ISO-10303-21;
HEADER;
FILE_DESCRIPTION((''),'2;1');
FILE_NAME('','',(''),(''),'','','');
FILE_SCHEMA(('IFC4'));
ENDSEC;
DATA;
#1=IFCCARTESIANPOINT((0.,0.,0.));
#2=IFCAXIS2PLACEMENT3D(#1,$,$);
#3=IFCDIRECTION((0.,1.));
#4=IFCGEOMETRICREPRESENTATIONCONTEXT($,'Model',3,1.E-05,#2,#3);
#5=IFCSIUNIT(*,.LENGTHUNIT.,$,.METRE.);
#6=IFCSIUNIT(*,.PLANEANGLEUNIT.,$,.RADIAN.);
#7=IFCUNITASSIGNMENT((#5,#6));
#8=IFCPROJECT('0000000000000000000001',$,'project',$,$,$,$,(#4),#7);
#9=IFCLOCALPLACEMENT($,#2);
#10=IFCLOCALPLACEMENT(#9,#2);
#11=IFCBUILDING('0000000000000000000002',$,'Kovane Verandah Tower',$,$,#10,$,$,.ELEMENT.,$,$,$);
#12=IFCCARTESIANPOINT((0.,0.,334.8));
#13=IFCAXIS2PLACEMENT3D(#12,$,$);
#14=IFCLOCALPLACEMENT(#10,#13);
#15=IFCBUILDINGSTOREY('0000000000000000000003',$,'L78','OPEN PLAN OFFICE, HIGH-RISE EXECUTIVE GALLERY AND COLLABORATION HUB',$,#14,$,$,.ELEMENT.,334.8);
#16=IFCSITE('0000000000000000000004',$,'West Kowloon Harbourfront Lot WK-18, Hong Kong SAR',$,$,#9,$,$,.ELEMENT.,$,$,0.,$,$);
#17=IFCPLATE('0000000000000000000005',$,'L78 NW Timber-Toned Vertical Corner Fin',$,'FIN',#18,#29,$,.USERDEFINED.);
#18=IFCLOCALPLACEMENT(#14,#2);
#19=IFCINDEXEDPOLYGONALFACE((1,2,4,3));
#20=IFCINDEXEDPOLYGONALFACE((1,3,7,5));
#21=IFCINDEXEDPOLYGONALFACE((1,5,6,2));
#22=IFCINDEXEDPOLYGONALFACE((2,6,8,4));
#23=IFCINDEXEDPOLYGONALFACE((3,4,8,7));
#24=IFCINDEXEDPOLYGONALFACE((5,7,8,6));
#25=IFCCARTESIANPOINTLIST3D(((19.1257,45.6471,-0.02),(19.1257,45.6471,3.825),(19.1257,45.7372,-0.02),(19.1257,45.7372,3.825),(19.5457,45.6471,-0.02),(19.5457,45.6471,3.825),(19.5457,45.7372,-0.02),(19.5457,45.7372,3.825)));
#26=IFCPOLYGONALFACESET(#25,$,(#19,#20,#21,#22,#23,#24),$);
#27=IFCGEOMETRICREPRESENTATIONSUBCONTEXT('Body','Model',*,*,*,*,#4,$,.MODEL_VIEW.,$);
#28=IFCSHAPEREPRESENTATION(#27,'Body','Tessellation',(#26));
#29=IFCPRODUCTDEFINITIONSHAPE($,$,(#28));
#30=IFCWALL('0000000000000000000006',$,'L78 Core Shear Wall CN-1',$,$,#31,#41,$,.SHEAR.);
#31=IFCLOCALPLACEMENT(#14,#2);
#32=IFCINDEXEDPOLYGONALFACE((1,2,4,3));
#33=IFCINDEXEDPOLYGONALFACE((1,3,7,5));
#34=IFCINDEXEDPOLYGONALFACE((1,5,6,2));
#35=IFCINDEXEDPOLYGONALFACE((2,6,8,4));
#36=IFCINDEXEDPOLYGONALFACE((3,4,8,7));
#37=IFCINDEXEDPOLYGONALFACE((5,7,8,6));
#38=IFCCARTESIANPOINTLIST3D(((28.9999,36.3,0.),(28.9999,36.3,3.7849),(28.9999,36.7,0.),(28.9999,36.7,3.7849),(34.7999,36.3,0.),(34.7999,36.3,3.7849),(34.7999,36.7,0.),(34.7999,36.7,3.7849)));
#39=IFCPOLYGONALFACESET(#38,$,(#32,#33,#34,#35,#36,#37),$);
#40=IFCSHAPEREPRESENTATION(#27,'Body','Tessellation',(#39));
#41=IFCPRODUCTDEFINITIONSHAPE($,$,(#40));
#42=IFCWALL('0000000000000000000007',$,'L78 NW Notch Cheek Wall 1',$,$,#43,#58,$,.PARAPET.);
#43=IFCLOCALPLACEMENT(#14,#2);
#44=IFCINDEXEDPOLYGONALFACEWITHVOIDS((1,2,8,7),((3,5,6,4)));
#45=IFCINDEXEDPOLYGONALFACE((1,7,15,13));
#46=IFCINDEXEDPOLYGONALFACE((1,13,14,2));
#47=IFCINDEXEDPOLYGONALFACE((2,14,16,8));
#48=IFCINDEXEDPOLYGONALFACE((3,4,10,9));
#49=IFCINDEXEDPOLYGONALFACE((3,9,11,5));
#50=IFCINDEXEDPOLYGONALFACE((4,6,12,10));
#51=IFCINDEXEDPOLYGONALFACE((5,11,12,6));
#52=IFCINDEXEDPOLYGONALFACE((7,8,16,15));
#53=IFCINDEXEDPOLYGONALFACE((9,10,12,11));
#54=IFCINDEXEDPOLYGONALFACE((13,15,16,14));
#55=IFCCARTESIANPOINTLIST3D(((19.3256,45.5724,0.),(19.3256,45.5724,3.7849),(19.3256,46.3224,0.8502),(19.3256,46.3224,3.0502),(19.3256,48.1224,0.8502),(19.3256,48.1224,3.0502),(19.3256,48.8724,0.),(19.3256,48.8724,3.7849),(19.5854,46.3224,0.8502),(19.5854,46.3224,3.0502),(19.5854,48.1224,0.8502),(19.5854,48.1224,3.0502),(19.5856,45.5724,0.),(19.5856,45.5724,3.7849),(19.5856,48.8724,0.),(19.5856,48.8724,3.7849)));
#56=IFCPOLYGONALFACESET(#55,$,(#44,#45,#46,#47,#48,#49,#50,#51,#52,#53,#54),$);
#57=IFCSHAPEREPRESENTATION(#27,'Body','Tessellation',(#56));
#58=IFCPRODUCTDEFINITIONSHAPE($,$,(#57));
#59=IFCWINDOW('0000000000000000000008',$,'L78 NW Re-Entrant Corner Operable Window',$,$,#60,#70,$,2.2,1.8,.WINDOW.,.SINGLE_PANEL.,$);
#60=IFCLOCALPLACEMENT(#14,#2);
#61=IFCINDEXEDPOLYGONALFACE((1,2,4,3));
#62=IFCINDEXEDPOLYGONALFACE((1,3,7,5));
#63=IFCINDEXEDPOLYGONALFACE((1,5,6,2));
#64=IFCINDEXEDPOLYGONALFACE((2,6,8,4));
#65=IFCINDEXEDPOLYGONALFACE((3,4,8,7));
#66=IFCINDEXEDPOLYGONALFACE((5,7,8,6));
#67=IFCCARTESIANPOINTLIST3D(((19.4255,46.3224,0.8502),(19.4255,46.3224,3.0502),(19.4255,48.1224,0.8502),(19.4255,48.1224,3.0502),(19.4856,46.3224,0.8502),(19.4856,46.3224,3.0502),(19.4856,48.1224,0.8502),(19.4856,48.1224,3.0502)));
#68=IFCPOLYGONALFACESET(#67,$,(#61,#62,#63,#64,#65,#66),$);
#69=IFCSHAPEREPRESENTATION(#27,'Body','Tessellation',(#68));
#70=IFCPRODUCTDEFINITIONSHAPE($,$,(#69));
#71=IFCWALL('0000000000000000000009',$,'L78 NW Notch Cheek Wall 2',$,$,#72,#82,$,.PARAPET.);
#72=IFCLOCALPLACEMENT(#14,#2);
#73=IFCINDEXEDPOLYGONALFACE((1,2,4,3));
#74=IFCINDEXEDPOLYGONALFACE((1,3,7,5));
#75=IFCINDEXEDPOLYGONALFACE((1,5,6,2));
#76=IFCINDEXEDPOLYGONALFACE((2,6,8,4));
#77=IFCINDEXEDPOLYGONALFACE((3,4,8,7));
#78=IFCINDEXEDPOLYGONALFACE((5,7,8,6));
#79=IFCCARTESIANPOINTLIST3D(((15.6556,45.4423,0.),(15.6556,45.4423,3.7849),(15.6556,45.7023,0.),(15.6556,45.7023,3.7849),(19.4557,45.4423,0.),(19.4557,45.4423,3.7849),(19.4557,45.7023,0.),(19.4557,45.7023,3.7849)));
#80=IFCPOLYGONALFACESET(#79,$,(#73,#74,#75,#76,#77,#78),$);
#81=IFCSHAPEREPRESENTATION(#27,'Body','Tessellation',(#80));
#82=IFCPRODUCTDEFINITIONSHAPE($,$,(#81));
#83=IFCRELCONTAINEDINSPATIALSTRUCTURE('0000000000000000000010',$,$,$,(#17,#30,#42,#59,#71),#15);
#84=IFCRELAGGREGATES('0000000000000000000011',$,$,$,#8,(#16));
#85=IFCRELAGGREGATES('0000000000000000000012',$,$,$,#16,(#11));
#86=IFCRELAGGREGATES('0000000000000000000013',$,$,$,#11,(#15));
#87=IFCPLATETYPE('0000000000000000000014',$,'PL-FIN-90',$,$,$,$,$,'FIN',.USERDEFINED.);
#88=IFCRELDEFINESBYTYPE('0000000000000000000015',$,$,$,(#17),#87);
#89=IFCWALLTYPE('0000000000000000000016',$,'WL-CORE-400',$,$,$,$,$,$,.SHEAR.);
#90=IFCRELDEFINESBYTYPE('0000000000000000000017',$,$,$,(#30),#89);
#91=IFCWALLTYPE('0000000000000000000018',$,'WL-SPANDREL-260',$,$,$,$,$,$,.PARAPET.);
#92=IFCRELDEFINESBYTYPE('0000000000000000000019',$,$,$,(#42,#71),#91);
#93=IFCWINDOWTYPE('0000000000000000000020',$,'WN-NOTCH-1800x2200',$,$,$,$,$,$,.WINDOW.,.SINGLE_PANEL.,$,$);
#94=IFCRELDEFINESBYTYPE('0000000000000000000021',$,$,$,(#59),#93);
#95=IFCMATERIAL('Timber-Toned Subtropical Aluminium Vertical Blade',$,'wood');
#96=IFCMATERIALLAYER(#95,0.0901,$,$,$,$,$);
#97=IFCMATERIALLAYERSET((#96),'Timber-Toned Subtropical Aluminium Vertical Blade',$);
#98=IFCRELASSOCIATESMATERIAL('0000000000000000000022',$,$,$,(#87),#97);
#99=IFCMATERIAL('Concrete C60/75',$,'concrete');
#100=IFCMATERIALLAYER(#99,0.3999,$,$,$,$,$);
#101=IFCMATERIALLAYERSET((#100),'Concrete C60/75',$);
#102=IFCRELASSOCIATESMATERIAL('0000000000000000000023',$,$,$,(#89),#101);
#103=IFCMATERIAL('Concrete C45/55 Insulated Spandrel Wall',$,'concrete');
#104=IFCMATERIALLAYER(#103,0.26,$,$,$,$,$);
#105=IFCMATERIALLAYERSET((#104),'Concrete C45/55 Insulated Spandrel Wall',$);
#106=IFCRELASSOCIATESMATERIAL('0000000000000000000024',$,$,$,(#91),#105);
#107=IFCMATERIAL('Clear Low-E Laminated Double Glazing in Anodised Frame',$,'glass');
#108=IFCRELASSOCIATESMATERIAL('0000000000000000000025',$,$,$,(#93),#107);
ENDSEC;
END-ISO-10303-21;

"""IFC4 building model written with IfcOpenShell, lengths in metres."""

from ifc_helpers import new_model, si_unit, direction, frame, frame_2d, origin, origin_2d, place, context, subcontext, project, spatial, rectangle, extrude, material, layer, layer_set, type_object, element, fill, save


model = new_model("IFC4")

# Units and contexts
model_context = context("Model", 3, precision=1e-05, world=origin(), true_north=direction((0.0, 1.0)))
body_context = subcontext(model_context, "Body", "Model", "MODEL_VIEW")
ifc_project = project(units=[si_unit("LENGTHUNIT", "METRE"), si_unit("PLANEANGLEUNIT", "RADIAN")], contexts=[model_context])

# Site, building, storey
site_placement = place(None, origin())
site = spatial("IfcSite", under=ifc_project, at=site_placement, Name="West Kowloon Harbourfront Lot WK-18, Hong Kong SAR", CompositionType="ELEMENT", RefElevation=0.0)
building_placement = place(site_placement, origin())
building = spatial("IfcBuilding", under=site, at=building_placement, Name="Kovane Verandah Tower", CompositionType="ELEMENT")
storey_placement = place(building_placement, frame((0.0, 0.0, 334.8)))
storey = spatial("IfcBuildingStorey", under=building, at=storey_placement, Name="L78", Description="OPEN PLAN OFFICE, HIGH-RISE EXECUTIVE GALLERY AND COLLABORATION HUB", CompositionType="ELEMENT", Elevation=334.8)

# Shared definitions
ifc_material_1 = material(Name="Concrete C60/75", Category="concrete")

# Plate
ifc_material_2 = material(Name="Timber-Toned Subtropical Aluminium Vertical Blade", Category="wood")
ifc_layer_1 = layer(ifc_material_2, 0.0901)
ifc_layer_set_1 = layer_set([ifc_layer_1], Name="Timber-Toned Subtropical Aluminium Vertical Blade")
plate_type = type_object("IfcPlateType", Name="PL-FIN-90", ElementType="FIN", PredefinedType="USERDEFINED", material=ifc_layer_set_1)
plate_placement = place(storey_placement, frame((19.3357, 45.6921, -0.02), z_axis=(0.0, 0.0, 1.0), x_axis=(1.0, 0.0, 0.0)))
element("IfcPlate", 1, at=plate_placement, inside=storey, type_object=plate_type, Name="L78 NW Timber-Toned Vertical Corner Fin", ObjectType="FIN", PredefinedType="USERDEFINED", context=body_context, shape_type="SweptSolid", body=[
    extrude(rectangle(XDim=0.4199, YDim=0.0901, at=origin_2d()), origin(), (0.0, 0.0, 1.0), 3.845),
])

# Wall
ifc_layer_2 = layer(ifc_material_1, 0.3999)
ifc_layer_set_2 = layer_set([ifc_layer_2], Name="Concrete C60/75")
wall_type_1 = type_object("IfcWallType", Name="WL-CORE-400", PredefinedType="SHEAR", material=ifc_layer_set_2)
wall_1_placement = place(storey_placement, frame((29.0, 36.5, 0.0), z_axis=(0.0, 0.0, 1.0), x_axis=(1.0, 0.0, 0.0)))
element("IfcWall", 2, at=wall_1_placement, inside=storey, type_object=wall_type_1, Name="L78 Core Shear Wall CN-1", PredefinedType="SHEAR", context=body_context, shape_type="SweptSolid", body=[
    extrude(rectangle(XDim=5.8, YDim=0.3999, at=frame_2d((2.8999, 0.0))), origin(), (0.0, 0.0, 1.0), 3.7849),
])

# Shared definitions
ifc_material_3 = material(Name="Concrete C45/55 Insulated Spandrel Wall", Category="concrete")
ifc_layer_3 = layer(ifc_material_3, 0.26)
ifc_layer_set_3 = layer_set([ifc_layer_3], Name="Concrete C45/55 Insulated Spandrel Wall")
wall_type_2 = type_object("IfcWallType", Name="WL-SPANDREL-260", PredefinedType="PARAPET", material=ifc_layer_set_3)
ifc_material_4 = material(Name="Clear Low-E Laminated Double Glazing in Anodised Frame", Category="glass")

# Wall, opening, window
wall_2_placement = place(storey_placement, frame((19.4556, 48.8723, 0.0), z_axis=(0.0, 0.0, 1.0), x_axis=(0.0, -1.0, 0.0)))
wall_2 = element("IfcWall", 3, at=wall_2_placement, inside=storey, type_object=wall_type_2, Name="L78 NW Notch Cheek Wall 1", PredefinedType="PARAPET", context=body_context, shape_type="SweptSolid", body=[
    extrude(rectangle(XDim=3.3, YDim=0.26, at=frame_2d((1.6499, 0.0))), origin(), (0.0, 0.0, 1.0), 3.7849),
])
opening_1_placement = place(wall_2_placement, frame((0.75, 0.0, 0.8501)))
opening_1 = element("IfcOpeningElement", 4, at=opening_1_placement, cuts=wall_2, PredefinedType="OPENING", context=body_context, shape_type="SweptSolid", body=[
    extrude(rectangle(XDim=1.8, YDim=2.2, at=frame_2d((0.8999, 1.1001))), frame((0.0, 0.1299, 0.0), z_axis=(0.0, -1.0, 0.0), x_axis=(1.0, 0.0, 0.0)), (0.0, 0.0, 1.0), 0.26),
])
window_type_1 = type_object("IfcWindowType", Name="WN-NOTCH-1800x2200", PartitioningType="SINGLE_PANEL", PredefinedType="WINDOW", material=ifc_material_4)
window_1_placement = place(opening_1_placement, origin())
window_1 = element("IfcWindow", 5, at=window_1_placement, inside=storey, type_object=window_type_1, Name="L78 NW Re-Entrant Corner Operable Window", OverallHeight=2.2, OverallWidth=1.8, PartitioningType="SINGLE_PANEL", PredefinedType="WINDOW", context=body_context, shape_type="SweptSolid", body=[
    extrude(rectangle(XDim=1.8, YDim=2.2, at=frame_2d((0.8999, 1.1001))), frame((0.0, 0.03, 0.0), z_axis=(0.0, -1.0, 0.0), x_axis=(1.0, 0.0, 0.0)), (0.0, 0.0, 1.0), 0.0601),
])
fill(opening_1, window_1)

# Wall
wall_3_placement = place(storey_placement, frame((19.4556, 45.5723, 0.0), z_axis=(0.0, 0.0, 1.0), x_axis=(-1.0, 0.0, 0.0)))
element("IfcWall", 6, at=wall_3_placement, inside=storey, type_object=wall_type_2, Name="L78 NW Notch Cheek Wall 2", PredefinedType="PARAPET", context=body_context, shape_type="SweptSolid", body=[
    extrude(rectangle(XDim=3.8, YDim=0.26, at=frame_2d((1.8999, 0.0))), origin(), (0.0, 0.0, 1.0), 3.7849),
])

save(model, "model.ifc")
